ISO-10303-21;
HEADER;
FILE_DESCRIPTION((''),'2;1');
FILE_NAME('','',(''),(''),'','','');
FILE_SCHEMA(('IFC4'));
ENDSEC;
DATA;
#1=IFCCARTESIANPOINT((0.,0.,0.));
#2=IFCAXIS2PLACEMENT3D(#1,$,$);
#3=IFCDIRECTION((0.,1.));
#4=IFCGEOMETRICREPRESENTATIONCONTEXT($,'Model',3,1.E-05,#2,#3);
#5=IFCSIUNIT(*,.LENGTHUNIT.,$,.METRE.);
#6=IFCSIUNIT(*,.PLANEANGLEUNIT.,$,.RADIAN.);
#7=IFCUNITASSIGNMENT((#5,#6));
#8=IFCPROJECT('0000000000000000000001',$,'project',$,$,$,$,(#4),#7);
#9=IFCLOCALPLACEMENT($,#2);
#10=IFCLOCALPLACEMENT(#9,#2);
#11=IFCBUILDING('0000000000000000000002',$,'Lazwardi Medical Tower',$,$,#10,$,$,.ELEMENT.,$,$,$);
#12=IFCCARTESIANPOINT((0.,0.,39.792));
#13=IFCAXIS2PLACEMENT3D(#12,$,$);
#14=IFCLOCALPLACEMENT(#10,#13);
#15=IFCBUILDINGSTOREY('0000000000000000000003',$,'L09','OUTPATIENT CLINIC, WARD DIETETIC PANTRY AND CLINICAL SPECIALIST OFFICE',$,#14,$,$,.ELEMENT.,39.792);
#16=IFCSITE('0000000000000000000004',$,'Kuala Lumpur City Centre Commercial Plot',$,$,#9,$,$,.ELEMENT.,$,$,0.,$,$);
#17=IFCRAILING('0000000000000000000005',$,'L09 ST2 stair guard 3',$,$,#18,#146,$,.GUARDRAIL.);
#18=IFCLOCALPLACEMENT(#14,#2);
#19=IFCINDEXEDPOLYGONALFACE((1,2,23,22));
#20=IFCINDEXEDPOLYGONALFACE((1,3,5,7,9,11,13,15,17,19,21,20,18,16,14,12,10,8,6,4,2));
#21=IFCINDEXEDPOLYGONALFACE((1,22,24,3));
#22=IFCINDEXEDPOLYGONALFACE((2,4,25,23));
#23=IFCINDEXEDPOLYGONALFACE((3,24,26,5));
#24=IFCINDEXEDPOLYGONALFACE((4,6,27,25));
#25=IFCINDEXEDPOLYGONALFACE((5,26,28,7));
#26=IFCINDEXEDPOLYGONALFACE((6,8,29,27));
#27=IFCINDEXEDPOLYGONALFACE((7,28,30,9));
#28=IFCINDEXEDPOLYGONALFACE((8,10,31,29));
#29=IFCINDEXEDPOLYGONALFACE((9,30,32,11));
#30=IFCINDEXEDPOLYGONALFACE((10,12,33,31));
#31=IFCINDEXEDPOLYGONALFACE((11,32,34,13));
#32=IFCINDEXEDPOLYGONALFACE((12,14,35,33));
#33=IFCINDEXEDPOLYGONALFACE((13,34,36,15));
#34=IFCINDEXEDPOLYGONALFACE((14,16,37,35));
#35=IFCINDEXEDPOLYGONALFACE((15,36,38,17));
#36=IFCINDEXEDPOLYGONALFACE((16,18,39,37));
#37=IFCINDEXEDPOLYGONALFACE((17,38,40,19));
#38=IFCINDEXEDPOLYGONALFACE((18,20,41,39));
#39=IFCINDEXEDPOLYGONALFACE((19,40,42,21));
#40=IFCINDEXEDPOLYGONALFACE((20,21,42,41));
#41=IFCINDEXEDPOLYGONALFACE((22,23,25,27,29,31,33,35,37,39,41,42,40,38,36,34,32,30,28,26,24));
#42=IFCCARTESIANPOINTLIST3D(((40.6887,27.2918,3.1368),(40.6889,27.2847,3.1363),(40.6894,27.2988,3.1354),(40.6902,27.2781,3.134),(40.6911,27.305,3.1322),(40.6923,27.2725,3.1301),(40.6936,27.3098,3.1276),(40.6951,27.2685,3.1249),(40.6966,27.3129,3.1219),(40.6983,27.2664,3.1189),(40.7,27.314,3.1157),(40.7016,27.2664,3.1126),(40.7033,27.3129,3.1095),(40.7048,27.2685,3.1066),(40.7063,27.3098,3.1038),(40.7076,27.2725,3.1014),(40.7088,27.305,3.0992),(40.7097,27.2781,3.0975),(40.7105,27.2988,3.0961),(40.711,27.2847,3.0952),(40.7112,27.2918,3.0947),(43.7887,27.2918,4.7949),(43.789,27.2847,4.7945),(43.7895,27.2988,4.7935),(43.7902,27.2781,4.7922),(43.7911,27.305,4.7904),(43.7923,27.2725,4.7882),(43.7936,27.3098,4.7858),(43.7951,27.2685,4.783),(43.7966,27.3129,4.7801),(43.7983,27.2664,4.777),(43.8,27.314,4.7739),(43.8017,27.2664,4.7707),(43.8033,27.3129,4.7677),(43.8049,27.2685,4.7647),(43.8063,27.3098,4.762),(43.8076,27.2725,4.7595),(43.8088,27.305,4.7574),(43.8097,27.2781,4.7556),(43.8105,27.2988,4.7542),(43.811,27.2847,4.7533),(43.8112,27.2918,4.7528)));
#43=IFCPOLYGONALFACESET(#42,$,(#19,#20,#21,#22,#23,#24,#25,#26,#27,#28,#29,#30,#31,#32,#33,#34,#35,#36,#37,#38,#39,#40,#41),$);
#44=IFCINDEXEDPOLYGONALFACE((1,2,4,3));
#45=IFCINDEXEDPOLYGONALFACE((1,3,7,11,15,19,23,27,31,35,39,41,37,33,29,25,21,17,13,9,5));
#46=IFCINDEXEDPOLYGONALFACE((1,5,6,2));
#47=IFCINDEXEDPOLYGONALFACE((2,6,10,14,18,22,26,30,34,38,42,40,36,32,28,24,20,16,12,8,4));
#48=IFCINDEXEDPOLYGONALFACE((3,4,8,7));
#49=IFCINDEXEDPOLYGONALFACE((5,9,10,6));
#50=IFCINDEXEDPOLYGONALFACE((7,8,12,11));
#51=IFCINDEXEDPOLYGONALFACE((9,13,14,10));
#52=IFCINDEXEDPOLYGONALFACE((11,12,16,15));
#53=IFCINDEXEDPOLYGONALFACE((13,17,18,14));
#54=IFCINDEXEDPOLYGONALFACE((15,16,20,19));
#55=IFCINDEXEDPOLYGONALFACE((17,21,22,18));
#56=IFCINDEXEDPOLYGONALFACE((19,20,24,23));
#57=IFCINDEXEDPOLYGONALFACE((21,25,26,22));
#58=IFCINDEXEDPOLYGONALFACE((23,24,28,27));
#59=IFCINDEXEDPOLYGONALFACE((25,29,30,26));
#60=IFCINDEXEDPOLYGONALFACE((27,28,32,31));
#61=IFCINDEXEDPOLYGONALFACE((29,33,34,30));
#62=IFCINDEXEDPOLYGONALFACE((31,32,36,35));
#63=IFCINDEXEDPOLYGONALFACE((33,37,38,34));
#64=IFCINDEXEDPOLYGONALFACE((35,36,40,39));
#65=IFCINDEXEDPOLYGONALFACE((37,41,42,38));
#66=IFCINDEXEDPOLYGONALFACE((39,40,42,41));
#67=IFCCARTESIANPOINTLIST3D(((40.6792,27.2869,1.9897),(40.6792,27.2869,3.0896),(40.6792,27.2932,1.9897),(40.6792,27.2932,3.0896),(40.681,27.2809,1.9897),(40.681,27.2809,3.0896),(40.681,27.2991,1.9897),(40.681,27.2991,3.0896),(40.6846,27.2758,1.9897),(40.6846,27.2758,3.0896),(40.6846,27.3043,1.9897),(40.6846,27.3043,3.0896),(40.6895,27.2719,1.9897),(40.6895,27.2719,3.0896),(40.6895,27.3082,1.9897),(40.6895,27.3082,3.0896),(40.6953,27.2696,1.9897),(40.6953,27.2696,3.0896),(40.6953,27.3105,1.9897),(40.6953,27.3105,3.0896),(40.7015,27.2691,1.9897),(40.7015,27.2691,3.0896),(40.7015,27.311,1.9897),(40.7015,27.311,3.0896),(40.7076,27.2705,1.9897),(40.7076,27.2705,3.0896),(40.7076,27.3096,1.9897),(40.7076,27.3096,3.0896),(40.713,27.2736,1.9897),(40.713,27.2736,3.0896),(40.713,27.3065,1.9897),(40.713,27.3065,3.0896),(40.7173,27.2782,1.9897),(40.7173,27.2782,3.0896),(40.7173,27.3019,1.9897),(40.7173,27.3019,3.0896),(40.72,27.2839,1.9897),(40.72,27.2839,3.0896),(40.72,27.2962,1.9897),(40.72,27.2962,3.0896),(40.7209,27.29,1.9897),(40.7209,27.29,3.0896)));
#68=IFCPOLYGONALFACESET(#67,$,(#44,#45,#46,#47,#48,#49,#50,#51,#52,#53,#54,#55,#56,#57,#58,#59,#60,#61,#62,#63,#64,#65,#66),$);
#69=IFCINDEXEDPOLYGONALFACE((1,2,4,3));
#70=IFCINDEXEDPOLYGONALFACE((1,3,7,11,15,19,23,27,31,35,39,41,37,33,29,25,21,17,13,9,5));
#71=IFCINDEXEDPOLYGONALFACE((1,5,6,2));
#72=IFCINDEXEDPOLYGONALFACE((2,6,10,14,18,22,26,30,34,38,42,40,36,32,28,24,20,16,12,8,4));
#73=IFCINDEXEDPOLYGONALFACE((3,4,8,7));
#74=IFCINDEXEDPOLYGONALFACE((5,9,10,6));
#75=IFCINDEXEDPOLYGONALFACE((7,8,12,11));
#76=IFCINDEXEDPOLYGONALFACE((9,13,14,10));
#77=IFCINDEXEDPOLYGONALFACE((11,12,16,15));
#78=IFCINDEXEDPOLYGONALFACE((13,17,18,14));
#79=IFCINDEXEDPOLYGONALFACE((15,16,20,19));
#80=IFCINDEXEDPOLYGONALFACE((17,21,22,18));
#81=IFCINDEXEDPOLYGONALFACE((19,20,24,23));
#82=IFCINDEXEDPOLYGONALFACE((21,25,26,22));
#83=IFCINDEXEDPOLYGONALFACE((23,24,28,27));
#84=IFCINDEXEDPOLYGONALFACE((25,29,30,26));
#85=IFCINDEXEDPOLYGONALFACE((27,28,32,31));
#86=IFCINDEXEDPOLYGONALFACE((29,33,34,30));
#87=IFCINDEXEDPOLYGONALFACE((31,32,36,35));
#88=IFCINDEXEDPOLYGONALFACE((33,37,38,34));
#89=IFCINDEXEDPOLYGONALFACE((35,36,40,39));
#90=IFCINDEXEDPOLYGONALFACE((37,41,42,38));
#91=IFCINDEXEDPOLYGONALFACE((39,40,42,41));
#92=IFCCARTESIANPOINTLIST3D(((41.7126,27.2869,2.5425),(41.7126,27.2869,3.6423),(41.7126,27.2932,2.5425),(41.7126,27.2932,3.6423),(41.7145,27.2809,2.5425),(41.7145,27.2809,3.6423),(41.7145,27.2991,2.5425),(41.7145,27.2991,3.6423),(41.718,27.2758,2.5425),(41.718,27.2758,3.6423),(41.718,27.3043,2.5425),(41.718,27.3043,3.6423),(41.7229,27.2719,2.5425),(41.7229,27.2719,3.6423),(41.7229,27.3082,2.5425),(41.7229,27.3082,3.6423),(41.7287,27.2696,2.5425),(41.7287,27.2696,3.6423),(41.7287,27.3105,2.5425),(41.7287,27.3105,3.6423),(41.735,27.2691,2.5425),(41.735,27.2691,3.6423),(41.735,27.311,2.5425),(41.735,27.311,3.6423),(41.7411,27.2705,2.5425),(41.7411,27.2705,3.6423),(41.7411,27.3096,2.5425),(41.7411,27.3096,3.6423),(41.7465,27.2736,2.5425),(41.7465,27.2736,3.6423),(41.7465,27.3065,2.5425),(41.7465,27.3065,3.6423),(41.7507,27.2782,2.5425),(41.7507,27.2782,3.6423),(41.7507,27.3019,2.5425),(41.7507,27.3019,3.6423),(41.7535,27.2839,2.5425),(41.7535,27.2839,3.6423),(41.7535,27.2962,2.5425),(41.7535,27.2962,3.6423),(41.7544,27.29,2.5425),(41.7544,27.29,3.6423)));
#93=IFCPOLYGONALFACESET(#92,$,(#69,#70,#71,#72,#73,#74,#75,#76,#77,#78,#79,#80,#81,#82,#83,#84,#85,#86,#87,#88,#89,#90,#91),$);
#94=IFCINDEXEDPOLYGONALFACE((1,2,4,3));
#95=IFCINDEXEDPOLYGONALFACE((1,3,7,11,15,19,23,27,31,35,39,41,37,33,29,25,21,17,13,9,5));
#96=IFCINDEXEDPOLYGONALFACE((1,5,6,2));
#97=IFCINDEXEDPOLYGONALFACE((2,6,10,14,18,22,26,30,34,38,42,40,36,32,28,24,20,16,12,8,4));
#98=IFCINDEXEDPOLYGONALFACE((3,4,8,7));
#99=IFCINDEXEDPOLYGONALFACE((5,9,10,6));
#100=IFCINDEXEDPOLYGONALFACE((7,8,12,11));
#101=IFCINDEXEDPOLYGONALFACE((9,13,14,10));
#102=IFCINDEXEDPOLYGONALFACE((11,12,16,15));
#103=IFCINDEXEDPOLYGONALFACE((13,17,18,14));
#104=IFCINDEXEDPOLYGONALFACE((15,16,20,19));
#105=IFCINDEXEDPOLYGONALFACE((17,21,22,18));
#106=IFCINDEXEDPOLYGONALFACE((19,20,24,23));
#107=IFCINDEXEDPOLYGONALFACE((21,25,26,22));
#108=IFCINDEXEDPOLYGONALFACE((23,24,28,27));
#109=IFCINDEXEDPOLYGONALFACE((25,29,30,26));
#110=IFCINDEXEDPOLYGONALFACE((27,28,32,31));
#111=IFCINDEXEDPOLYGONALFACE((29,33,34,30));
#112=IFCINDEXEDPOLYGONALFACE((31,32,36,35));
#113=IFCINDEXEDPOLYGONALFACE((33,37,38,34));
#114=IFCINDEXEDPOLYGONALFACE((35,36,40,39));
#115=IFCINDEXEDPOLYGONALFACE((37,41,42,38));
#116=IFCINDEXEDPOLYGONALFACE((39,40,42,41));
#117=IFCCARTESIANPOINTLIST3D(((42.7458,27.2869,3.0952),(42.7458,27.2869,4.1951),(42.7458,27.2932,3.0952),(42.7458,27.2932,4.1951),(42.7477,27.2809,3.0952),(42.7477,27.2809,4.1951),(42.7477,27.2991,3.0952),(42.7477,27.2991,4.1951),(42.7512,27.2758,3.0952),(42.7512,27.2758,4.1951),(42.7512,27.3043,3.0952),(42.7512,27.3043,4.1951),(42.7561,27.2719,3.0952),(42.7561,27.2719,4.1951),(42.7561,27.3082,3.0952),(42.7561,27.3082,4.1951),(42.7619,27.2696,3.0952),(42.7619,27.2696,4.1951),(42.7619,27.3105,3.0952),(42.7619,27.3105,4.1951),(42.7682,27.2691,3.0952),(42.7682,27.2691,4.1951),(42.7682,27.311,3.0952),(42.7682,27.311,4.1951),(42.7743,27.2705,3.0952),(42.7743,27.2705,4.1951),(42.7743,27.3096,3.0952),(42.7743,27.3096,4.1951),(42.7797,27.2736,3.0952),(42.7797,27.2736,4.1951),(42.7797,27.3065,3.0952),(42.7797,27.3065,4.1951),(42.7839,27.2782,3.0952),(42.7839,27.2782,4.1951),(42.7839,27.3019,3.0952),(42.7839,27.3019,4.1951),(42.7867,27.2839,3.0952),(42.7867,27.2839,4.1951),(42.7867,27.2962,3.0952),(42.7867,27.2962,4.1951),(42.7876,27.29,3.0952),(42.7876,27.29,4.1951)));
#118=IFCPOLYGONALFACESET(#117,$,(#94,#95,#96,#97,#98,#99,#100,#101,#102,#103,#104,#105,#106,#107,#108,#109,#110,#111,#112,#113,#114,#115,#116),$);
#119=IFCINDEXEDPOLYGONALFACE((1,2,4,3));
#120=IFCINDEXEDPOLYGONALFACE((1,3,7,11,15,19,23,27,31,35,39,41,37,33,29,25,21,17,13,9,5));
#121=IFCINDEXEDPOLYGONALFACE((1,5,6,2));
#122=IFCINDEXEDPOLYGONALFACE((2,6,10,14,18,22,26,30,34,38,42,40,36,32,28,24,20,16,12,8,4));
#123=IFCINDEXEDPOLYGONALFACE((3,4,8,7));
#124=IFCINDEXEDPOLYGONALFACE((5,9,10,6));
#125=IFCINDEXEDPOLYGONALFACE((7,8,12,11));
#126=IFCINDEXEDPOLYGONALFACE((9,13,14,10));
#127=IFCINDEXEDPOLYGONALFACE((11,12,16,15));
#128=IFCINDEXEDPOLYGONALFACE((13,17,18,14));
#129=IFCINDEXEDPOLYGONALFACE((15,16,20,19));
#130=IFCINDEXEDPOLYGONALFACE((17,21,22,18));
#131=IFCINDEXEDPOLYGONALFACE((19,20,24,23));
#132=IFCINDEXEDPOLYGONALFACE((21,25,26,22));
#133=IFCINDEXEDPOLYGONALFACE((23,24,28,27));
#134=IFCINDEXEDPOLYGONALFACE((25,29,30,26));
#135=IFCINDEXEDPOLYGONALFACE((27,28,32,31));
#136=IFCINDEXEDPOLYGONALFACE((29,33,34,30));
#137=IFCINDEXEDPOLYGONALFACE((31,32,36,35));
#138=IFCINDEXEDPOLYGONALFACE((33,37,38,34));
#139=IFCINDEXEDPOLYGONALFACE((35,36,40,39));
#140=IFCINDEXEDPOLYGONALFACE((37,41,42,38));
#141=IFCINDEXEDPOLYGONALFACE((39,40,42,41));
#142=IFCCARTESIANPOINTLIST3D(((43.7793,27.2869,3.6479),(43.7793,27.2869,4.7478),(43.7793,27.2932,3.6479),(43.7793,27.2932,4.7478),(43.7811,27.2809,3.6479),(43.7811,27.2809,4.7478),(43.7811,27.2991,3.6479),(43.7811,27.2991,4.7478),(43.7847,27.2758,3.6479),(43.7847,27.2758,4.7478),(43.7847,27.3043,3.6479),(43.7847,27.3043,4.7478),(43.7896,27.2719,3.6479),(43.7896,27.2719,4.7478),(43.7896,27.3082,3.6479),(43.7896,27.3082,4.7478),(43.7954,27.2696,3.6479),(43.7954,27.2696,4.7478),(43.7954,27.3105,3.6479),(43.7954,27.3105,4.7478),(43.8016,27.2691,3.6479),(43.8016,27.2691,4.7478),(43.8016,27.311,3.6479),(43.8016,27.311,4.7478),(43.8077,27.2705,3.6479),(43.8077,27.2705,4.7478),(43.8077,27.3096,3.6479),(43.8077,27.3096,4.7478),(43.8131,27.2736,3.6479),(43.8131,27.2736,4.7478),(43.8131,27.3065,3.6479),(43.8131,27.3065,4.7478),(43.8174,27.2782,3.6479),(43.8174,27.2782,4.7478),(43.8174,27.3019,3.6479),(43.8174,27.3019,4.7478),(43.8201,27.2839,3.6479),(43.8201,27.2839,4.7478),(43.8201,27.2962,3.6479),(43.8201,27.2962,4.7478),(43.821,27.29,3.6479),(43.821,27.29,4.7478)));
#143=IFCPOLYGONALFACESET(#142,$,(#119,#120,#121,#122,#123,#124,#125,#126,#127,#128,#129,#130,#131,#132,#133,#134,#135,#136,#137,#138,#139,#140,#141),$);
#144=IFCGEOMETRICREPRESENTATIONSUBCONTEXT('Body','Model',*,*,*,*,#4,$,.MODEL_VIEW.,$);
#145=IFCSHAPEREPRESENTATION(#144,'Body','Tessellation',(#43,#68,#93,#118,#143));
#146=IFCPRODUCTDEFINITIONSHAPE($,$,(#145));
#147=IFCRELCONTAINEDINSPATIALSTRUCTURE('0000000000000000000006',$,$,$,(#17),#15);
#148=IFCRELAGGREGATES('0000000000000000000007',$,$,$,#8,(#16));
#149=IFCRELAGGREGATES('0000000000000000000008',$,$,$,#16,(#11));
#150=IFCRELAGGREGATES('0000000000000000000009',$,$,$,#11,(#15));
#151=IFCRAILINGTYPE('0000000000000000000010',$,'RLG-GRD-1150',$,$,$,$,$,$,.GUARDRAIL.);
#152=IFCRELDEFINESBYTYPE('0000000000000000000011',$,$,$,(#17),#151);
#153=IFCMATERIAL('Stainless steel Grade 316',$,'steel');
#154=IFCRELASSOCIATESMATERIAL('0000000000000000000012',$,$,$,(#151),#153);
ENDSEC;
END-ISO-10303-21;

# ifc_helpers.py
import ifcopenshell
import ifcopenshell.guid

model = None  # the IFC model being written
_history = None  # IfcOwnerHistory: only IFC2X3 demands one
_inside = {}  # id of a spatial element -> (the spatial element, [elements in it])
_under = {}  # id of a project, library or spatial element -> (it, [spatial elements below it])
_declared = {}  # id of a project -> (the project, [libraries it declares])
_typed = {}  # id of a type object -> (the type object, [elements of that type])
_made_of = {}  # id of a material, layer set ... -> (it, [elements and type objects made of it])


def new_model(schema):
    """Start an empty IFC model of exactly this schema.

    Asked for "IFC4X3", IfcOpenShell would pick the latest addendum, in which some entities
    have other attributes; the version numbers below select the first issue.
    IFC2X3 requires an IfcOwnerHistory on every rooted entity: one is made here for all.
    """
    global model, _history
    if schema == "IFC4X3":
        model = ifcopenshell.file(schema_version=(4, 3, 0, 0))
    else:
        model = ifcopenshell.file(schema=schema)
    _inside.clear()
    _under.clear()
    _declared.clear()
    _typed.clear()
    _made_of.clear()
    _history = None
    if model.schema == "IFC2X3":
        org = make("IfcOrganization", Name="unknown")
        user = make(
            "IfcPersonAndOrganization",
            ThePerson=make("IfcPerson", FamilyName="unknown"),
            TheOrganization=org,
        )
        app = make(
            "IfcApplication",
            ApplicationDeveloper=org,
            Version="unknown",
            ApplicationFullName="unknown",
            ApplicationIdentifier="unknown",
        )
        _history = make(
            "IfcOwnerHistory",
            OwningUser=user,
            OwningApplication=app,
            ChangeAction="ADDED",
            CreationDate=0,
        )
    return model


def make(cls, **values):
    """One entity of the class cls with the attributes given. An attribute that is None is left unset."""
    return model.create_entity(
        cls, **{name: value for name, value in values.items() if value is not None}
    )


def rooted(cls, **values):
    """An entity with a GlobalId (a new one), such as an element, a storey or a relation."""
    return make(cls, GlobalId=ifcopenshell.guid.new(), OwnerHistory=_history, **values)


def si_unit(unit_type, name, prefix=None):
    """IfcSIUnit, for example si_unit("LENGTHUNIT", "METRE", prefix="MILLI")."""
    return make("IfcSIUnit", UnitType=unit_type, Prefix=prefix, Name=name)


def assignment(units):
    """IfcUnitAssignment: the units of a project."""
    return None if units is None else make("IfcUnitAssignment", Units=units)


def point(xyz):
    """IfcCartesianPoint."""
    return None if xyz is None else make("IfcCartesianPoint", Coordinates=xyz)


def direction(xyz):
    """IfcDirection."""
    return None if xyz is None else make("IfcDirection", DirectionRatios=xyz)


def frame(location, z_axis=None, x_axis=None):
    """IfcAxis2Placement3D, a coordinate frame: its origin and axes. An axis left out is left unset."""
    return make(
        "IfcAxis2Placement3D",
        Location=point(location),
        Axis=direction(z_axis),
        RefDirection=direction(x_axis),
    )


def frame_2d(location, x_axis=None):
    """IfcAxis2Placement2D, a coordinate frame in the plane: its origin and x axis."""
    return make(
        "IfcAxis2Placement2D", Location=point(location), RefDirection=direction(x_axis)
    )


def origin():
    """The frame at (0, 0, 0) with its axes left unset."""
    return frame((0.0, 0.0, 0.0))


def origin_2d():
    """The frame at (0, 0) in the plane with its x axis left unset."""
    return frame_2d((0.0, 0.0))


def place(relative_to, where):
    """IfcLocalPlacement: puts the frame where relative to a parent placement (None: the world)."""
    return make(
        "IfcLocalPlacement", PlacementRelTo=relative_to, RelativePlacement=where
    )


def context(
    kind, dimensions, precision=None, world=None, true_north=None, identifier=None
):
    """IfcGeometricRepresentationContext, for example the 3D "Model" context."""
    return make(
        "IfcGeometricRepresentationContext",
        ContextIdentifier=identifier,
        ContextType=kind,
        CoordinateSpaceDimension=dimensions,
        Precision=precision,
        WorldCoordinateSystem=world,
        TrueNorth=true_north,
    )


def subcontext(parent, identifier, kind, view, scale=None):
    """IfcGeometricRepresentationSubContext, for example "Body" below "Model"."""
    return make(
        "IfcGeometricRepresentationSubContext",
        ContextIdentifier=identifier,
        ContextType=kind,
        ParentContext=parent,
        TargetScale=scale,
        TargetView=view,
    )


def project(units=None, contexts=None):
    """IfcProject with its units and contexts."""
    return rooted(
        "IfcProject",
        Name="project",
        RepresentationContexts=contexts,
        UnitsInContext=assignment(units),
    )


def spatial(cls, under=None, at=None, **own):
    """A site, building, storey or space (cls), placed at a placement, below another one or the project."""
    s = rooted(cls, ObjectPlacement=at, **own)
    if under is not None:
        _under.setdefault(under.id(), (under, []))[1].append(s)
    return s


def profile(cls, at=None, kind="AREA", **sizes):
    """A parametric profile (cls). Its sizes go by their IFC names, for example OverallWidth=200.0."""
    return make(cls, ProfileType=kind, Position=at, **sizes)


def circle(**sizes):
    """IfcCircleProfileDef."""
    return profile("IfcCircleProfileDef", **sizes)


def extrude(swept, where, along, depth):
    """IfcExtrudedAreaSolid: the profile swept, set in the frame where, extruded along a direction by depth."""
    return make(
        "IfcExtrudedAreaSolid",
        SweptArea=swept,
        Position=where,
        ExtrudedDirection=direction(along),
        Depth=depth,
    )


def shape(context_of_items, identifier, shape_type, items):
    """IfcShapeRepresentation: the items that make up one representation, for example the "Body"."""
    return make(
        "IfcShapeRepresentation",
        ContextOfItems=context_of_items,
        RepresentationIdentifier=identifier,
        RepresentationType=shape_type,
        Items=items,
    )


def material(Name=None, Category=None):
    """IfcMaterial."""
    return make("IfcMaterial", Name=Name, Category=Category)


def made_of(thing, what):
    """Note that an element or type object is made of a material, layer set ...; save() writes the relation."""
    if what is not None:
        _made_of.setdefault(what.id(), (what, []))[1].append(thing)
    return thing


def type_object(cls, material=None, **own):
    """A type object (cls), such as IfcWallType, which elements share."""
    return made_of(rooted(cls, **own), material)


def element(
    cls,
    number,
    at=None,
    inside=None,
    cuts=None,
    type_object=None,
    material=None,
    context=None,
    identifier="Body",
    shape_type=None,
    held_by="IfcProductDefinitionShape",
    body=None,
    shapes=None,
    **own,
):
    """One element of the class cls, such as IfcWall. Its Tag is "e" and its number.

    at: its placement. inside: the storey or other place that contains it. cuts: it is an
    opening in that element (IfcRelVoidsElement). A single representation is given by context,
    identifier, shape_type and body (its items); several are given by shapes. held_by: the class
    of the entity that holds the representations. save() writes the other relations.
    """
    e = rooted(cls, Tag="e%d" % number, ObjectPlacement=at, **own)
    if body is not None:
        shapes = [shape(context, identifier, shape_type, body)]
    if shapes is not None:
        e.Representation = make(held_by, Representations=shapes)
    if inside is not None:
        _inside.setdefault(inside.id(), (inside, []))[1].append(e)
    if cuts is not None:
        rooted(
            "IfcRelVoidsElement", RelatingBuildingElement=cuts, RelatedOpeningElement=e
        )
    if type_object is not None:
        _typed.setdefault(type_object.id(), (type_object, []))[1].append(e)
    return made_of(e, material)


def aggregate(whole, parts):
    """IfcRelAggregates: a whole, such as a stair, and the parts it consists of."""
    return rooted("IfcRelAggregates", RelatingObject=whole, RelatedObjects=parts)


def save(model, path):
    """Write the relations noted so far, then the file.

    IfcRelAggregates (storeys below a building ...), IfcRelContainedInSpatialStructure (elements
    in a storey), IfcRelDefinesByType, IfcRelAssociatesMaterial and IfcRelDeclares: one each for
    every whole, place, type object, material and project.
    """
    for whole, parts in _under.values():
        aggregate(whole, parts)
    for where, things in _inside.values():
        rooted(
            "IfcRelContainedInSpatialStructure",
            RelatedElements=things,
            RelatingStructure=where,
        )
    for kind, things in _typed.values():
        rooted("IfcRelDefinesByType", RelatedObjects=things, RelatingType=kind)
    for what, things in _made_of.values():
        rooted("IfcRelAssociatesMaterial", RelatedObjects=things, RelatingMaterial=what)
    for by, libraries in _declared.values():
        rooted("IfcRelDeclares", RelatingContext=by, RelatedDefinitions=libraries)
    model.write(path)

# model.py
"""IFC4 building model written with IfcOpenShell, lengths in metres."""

from ifc_helpers import new_model, si_unit, direction, frame, origin, origin_2d, place, context, subcontext, project, spatial, circle, extrude, material, type_object, element, save


model = new_model("IFC4")

# Units and contexts
model_context = context("Model", 3, precision=1e-05, world=origin(), true_north=direction((0.0, 1.0)))
body_context = subcontext(model_context, "Body", "Model", "MODEL_VIEW")
ifc_project = project(units=[si_unit("LENGTHUNIT", "METRE"), si_unit("PLANEANGLEUNIT", "RADIAN")], contexts=[model_context])

# Site, building, storey
site_placement = place(None, origin())
site = spatial("IfcSite", under=ifc_project, at=site_placement, Name="Kuala Lumpur City Centre Commercial Plot", CompositionType="ELEMENT", RefElevation=0.0)
building_placement = place(site_placement, origin())
building = spatial("IfcBuilding", under=site, at=building_placement, Name="Lazwardi Medical Tower", CompositionType="ELEMENT")
storey_placement = place(building_placement, frame((0.0, 0.0, 39.792)))
storey = spatial("IfcBuildingStorey", under=building, at=storey_placement, Name="L09", Description="OUTPATIENT CLINIC, WARD DIETETIC PANTRY AND CLINICAL SPECIALIST OFFICE", CompositionType="ELEMENT", Elevation=39.792)

# Railing
ifc_material_1 = material(Name="Stainless steel Grade 316", Category="steel")
railing_type_1 = type_object("IfcRailingType", Name="RLG-GRD-1150", PredefinedType="GUARDRAIL", material=ifc_material_1)
railing_1_placement = place(storey_placement, frame((40.7, 27.29, 1.9897)))
element("IfcRailing", 1, at=railing_1_placement, inside=storey, type_object=railing_type_1, Name="L09 ST2 stair guard 3", PredefinedType="GUARDRAIL", context=body_context, shape_type="SweptSolid", body=[
    extrude(circle(Radius=0.0239, at=origin_2d()), frame((0.0, 0.0, 1.126), z_axis=(0.881783, 0.0, 0.471655), x_axis=(0.0, 1.0, 0.0)), (0.0, 0.0, 1.0), 3.5156),
    extrude(circle(Radius=0.021, at=origin_2d()), origin(), (0.0, 0.0, 1.0), 1.0999),
    extrude(circle(Radius=0.021, at=origin_2d()), frame((1.0334, 0.0, 0.5527)), (0.0, 0.0, 1.0), 1.0999),
    extrude(circle(Radius=0.021, at=origin_2d()), frame((2.0667, 0.0, 1.1055)), (0.0, 0.0, 1.0), 1.0999),
    extrude(circle(Radius=0.021, at=origin_2d()), frame((3.1001, 0.0, 1.6582)), (0.0, 0.0, 1.0), 1.0999),
])

save(model, "model.ifc")
